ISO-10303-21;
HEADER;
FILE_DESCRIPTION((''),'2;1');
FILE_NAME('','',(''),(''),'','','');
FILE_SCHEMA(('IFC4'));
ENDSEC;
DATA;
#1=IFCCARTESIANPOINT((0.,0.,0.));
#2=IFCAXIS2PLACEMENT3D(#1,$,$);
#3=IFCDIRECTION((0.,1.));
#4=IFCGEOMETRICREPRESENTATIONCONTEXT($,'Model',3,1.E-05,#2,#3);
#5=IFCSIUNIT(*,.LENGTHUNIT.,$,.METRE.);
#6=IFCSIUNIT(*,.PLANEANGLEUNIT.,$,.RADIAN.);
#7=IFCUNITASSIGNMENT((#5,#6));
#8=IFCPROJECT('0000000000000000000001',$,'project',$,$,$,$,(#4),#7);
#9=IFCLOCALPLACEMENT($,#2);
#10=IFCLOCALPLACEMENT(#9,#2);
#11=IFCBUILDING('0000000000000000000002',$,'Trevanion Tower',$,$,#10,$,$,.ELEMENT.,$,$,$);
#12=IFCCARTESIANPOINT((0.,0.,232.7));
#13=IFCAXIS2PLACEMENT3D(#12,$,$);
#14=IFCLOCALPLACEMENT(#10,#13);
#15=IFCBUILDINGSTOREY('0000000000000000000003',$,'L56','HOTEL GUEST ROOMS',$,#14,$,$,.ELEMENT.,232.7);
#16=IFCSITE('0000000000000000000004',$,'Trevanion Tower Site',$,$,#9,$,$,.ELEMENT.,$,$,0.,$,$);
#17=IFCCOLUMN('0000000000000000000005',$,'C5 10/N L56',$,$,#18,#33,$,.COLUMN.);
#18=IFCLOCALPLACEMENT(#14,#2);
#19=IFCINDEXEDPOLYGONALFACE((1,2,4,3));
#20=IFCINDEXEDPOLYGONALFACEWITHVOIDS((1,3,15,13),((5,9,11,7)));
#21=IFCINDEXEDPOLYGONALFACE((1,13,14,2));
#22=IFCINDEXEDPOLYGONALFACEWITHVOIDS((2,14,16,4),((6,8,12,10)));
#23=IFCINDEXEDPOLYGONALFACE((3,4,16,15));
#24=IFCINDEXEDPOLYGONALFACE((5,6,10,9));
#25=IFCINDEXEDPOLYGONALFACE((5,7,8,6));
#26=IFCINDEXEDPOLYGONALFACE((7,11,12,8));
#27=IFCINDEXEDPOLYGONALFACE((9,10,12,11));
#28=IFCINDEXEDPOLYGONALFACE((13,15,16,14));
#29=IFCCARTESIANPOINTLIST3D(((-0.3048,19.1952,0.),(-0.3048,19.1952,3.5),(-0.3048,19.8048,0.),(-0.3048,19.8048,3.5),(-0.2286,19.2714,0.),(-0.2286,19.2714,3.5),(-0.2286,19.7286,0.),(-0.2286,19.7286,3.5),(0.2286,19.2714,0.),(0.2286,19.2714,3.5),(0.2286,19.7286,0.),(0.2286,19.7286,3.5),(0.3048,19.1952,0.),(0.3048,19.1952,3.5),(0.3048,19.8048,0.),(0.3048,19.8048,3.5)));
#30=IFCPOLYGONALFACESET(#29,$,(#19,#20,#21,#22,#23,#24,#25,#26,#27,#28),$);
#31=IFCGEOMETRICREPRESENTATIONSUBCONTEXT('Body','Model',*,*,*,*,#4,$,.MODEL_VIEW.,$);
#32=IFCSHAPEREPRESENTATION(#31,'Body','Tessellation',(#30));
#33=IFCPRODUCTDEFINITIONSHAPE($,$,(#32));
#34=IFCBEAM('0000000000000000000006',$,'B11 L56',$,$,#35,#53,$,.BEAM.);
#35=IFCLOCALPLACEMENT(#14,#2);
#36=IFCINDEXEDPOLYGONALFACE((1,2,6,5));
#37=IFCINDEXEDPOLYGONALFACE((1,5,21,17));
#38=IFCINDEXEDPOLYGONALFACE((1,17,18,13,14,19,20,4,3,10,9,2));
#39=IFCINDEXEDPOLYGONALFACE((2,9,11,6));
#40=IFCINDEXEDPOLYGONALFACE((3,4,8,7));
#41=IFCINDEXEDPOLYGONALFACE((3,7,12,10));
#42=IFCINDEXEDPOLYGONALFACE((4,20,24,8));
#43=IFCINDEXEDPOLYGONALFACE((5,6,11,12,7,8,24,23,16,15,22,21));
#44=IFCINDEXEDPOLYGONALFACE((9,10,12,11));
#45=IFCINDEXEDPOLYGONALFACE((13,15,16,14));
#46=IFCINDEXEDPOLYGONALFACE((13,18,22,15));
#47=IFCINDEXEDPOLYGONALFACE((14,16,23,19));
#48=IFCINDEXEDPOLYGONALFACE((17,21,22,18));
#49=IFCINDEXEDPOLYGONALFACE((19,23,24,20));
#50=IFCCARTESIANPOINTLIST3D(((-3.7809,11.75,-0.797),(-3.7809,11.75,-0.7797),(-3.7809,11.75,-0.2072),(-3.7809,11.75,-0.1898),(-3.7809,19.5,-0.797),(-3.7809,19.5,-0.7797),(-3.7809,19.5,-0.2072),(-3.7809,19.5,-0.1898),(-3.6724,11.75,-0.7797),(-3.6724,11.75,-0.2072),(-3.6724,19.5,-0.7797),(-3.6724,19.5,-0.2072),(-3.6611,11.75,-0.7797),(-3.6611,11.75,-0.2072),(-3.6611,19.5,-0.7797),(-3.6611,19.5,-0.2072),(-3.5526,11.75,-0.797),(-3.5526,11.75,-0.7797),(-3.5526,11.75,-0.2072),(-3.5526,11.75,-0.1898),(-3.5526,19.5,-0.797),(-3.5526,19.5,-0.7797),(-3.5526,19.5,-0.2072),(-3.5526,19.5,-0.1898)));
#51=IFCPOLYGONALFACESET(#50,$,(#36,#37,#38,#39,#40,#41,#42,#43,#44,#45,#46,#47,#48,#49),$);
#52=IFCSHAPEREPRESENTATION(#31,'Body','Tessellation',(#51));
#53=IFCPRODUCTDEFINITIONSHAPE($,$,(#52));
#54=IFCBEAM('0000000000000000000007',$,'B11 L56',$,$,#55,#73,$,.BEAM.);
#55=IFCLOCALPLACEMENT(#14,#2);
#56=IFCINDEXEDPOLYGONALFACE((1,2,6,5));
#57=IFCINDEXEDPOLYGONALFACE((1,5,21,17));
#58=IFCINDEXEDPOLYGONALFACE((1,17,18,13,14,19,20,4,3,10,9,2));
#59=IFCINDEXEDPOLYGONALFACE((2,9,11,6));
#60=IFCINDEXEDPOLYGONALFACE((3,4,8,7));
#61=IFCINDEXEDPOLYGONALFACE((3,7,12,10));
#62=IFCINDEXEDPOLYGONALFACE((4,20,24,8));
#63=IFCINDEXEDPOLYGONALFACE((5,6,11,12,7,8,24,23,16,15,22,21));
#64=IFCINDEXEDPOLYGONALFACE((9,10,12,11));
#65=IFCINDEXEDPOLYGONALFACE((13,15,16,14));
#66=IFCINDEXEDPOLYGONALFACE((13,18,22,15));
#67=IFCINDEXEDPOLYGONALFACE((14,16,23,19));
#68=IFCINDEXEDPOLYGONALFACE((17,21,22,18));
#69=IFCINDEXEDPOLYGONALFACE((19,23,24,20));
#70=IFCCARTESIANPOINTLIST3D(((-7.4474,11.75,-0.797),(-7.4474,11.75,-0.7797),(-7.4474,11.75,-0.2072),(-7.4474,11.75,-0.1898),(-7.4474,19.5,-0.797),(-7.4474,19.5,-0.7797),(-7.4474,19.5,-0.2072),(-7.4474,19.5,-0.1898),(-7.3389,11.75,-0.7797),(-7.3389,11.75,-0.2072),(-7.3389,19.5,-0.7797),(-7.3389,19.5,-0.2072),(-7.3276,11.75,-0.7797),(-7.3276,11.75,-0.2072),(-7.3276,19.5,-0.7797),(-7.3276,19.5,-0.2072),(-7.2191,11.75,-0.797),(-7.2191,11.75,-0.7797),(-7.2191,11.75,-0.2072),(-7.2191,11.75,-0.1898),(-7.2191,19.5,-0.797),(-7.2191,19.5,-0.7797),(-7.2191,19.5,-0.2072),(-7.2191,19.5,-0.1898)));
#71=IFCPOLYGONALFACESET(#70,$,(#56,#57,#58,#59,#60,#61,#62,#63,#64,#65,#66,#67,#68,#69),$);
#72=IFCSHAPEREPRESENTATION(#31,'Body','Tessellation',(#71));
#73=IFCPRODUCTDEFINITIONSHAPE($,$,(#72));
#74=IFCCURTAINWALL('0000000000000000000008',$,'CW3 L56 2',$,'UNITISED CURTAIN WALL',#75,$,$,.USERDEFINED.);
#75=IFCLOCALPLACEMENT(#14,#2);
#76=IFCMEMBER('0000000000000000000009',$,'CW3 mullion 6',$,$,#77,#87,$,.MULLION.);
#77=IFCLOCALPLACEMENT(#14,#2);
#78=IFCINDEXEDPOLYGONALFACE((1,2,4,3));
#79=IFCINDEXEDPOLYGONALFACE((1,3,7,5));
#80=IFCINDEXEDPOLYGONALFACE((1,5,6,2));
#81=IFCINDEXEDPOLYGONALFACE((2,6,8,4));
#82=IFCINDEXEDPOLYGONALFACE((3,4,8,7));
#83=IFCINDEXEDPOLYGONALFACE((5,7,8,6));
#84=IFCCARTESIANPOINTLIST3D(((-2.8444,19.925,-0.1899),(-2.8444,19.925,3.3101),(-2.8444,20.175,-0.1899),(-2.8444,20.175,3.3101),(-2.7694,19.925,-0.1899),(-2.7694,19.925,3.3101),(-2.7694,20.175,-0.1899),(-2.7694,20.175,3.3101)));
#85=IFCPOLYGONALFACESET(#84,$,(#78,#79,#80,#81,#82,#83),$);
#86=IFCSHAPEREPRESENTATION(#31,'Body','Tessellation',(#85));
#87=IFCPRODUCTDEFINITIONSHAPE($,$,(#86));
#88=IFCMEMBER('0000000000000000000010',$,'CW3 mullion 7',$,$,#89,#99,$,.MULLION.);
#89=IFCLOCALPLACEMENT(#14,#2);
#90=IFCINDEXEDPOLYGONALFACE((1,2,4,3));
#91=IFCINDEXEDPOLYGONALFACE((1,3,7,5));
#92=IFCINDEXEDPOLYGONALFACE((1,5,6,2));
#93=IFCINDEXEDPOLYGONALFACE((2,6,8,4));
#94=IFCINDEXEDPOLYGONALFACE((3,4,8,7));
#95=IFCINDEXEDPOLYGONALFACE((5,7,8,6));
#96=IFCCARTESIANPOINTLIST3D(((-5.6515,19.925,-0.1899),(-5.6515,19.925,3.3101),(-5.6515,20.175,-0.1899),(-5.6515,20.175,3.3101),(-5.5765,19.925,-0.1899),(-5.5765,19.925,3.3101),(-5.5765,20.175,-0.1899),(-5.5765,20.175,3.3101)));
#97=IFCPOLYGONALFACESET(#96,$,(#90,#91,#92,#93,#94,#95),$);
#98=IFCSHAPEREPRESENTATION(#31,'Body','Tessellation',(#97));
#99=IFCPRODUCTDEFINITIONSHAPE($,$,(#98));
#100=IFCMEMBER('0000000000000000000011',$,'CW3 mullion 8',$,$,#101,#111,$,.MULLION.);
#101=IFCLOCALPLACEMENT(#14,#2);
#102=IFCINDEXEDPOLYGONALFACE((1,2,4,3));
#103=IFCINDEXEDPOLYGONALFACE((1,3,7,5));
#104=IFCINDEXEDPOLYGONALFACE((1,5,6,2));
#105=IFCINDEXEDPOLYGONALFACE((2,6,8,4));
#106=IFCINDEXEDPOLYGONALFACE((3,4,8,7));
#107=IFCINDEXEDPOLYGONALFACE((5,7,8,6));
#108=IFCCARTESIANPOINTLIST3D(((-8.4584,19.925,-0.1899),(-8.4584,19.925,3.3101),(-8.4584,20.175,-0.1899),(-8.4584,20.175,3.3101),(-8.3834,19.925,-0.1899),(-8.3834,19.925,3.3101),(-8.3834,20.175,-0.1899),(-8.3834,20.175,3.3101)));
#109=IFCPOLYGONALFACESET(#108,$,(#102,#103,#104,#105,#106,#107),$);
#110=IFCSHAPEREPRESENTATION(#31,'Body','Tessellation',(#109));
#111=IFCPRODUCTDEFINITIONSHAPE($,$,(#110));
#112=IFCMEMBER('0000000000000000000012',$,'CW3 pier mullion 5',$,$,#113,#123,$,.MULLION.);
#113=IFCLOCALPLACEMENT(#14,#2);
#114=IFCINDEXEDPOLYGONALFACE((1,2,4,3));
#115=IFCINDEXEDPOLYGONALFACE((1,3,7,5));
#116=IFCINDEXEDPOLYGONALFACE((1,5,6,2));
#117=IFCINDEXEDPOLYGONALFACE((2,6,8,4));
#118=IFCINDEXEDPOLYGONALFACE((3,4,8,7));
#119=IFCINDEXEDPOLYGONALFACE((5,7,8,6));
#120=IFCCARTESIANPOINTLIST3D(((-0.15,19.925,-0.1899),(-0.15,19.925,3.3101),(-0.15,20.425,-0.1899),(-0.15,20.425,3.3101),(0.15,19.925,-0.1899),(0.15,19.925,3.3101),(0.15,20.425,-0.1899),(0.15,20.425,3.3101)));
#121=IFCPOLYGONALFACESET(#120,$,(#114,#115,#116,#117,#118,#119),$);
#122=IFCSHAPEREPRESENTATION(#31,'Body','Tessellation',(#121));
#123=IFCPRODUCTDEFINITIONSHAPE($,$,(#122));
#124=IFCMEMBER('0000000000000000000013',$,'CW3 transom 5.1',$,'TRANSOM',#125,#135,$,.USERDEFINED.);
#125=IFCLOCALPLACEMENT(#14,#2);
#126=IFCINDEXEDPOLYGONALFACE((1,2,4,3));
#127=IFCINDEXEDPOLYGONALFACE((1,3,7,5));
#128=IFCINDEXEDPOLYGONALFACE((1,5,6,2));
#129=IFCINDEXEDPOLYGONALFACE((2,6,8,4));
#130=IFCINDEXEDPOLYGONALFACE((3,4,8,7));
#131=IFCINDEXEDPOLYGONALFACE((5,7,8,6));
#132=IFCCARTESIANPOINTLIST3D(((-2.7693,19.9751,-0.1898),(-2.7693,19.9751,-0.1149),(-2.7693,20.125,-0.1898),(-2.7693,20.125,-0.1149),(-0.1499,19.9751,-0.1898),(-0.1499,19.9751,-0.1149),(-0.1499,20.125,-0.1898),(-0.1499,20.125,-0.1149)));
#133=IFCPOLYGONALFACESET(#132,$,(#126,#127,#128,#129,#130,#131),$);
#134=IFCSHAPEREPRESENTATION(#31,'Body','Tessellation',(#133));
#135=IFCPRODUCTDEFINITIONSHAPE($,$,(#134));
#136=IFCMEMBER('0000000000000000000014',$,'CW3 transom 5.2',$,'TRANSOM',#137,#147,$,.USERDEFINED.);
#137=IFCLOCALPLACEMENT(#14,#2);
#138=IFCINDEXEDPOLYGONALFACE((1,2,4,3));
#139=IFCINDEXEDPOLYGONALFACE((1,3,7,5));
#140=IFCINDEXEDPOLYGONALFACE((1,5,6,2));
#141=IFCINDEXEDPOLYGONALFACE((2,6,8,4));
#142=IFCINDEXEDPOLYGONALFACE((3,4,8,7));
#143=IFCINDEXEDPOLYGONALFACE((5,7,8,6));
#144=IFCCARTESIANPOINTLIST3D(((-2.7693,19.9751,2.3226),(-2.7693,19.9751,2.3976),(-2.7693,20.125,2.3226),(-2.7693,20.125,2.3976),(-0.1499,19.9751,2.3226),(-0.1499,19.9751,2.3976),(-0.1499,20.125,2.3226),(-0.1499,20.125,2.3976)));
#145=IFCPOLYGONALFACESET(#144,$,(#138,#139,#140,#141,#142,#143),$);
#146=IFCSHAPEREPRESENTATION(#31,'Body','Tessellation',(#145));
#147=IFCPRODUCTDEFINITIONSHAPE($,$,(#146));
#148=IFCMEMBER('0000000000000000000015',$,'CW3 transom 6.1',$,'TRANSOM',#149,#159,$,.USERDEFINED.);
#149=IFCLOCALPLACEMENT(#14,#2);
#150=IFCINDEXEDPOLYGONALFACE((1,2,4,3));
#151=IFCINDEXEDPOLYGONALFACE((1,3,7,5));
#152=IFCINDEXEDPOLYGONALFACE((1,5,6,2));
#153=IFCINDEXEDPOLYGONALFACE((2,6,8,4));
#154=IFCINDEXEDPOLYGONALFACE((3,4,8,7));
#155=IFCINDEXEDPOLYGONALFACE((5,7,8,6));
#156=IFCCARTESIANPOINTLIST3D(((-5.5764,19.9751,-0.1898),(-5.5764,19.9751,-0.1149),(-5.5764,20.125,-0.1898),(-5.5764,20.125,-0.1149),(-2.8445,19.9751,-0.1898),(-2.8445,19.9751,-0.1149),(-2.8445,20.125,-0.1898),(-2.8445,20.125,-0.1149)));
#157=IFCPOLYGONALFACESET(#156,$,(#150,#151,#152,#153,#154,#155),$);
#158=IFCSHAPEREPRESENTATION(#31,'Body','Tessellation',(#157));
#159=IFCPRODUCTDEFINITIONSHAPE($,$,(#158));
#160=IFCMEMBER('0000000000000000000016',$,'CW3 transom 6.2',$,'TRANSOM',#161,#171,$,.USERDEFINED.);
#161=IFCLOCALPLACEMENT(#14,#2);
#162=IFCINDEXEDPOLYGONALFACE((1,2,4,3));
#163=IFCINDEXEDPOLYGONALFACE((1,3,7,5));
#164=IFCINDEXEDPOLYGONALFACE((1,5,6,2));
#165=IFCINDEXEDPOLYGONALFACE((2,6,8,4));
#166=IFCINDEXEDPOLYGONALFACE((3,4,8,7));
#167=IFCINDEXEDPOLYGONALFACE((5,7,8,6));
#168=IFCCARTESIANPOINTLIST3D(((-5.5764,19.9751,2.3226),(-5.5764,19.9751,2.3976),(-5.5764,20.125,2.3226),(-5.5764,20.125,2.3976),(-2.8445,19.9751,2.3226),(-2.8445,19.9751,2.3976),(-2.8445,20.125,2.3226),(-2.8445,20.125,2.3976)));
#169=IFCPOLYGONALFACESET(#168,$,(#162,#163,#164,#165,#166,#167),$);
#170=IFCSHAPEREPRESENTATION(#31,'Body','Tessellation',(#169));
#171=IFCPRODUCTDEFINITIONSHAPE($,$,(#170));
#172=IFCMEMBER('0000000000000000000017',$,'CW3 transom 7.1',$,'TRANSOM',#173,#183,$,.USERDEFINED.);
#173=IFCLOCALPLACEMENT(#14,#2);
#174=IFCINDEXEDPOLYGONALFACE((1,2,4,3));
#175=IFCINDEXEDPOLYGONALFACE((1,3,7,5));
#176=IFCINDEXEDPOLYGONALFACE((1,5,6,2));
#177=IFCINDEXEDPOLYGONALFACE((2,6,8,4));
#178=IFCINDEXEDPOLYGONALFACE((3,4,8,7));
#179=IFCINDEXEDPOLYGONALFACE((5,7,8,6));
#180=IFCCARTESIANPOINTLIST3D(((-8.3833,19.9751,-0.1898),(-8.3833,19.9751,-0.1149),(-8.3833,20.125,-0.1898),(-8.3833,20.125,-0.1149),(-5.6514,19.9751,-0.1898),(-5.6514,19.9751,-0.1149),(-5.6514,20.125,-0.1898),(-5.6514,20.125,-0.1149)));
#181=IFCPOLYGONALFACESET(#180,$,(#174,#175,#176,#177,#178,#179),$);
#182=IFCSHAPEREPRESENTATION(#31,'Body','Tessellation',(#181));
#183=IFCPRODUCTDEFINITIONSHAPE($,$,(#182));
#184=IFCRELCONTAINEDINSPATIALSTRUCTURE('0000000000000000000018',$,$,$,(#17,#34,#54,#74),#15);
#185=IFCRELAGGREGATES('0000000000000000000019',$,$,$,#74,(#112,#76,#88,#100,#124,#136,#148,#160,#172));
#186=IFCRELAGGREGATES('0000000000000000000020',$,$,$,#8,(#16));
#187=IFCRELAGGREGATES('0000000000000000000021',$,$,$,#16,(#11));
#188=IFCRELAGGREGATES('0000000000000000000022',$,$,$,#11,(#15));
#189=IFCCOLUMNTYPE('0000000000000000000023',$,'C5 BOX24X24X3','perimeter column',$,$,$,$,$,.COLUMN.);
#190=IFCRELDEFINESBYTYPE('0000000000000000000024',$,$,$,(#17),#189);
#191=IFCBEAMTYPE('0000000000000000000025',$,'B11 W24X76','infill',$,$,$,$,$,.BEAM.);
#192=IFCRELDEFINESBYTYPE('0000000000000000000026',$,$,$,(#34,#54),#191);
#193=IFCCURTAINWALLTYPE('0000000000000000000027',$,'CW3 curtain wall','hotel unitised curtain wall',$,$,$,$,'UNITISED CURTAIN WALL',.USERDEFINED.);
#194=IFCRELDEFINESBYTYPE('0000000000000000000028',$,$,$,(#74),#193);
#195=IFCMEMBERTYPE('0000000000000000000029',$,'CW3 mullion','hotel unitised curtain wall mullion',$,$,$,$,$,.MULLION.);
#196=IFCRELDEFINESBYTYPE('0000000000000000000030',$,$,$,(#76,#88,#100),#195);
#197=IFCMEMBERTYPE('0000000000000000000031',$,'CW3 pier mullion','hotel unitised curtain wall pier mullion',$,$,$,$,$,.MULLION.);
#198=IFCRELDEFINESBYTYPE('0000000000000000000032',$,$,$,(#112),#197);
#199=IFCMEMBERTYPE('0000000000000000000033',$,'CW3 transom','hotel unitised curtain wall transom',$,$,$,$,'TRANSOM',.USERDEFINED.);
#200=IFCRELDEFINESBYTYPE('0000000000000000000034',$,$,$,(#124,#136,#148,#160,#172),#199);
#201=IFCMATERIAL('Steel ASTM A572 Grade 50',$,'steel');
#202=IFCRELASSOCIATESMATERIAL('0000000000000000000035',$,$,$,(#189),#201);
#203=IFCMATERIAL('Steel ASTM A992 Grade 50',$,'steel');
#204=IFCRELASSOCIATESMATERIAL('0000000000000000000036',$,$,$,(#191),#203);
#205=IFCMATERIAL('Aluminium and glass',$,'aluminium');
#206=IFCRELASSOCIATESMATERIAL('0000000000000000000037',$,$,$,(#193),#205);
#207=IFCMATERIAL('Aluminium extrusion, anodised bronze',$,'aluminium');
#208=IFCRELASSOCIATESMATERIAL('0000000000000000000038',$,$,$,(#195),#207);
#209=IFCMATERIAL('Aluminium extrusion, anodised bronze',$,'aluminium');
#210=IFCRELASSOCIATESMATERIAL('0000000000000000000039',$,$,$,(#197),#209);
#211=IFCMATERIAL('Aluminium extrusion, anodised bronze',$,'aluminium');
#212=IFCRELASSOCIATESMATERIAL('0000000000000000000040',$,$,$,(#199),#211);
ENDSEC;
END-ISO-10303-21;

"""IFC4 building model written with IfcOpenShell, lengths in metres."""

from ifc_helpers import new_model, si_unit, direction, frame, origin, origin_2d, place, context, subcontext, project, spatial, rectangle, hollow_rectangle, i_section, extrude, material, material_profile, profile_set, type_object, element, aggregate, save


model = new_model("IFC4")

# Units and contexts
model_context = context("Model", 3, precision=1e-05, world=origin(), true_north=direction((0.0, 1.0)))
body_context = subcontext(model_context, "Body", "Model", "MODEL_VIEW")
ifc_project = project(units=[si_unit("LENGTHUNIT", "METRE"), si_unit("PLANEANGLEUNIT", "RADIAN")], contexts=[model_context])

# Site, building, storey
site_placement = place(None, origin())
site = spatial("IfcSite", under=ifc_project, at=site_placement, Name="Trevanion Tower Site", CompositionType="ELEMENT", RefElevation=0.0)
building_placement = place(site_placement, origin())
building = spatial("IfcBuilding", under=site, at=building_placement, Name="Trevanion Tower", CompositionType="ELEMENT")
storey_placement = place(building_placement, frame((0.0, 0.0, 232.7)))
storey = spatial("IfcBuildingStorey", under=building, at=storey_placement, Name="L56", Description="HOTEL GUEST ROOMS", CompositionType="ELEMENT", Elevation=232.7)

# Column
ifc_material_1 = material(Name="Steel ASTM A572 Grade 50", Category="steel")
ifc_material_profile_1 = material_profile(ifc_material_1, hollow_rectangle(XDim=0.6096, YDim=0.6096, WallThickness=0.0762, at=origin_2d()), Name="BOX24X24X3")
ifc_profile_set_1 = profile_set([ifc_material_profile_1], Name="Steel ASTM A572 Grade 50")
column_type = type_object("IfcColumnType", Name="C5 BOX24X24X3", Description="perimeter column", PredefinedType="COLUMN", material=ifc_profile_set_1)
column_placement = place(storey_placement, frame((0.0, 19.5, 0.0), z_axis=(0.0, 0.0, 1.0), x_axis=(1.0, 0.0, 0.0)))
element("IfcColumn", 1, at=column_placement, inside=storey, type_object=column_type, Name="C5 10/N L56", PredefinedType="COLUMN", context=body_context, shape_type="SweptSolid", body=[
    extrude(hollow_rectangle(XDim=0.6096, YDim=0.6096, WallThickness=0.0762, at=origin_2d()), origin(), (0.0, 0.0, 1.0), 3.5),
])

# Beams
ifc_material_2 = material(Name="Steel ASTM A992 Grade 50", Category="steel")
ifc_material_profile_2 = material_profile(ifc_material_2, i_section(OverallWidth=0.2283, OverallDepth=0.6072, WebThickness=0.0112, FlangeThickness=0.0173, at=origin_2d()), Name="W24X76")
ifc_profile_set_2 = profile_set([ifc_material_profile_2], Name="Steel ASTM A992 Grade 50")
beam_type_1 = type_object("IfcBeamType", Name="B11 W24X76", Description="infill", PredefinedType="BEAM", material=ifc_profile_set_2)
for number, where, z_axis, x_axis, name in (
    (2, (-3.6667, 11.75, -0.4934), (0.0, 1.0, 0.0), (-1.0, 0.0, 0.0), "B11 L56"),
    (3, (-7.3333, 11.75, -0.4934), (0.0, 1.0, 0.0), (-1.0, 0.0, 0.0), "B11 L56"),
):
    element("IfcBeam", number, at=place(storey_placement, frame(where, z_axis=z_axis, x_axis=x_axis)), inside=storey, type_object=beam_type_1, Name=name, PredefinedType="BEAM", context=body_context, shape_type="SweptSolid", body=[
        extrude(i_section(OverallWidth=0.2283, OverallDepth=0.6072, WebThickness=0.0112, FlangeThickness=0.0173, at=origin_2d()), origin(), (0.0, 0.0, 1.0), 7.75),
    ])

# Curtain wall, members
ifc_material_3 = material(Name="Aluminium and glass", Category="aluminium")
curtain_wall_type = type_object("IfcCurtainWallType", Name="CW3 curtain wall", Description="hotel unitised curtain wall", ElementType="UNITISED CURTAIN WALL", PredefinedType="USERDEFINED", material=ifc_material_3)
curtain_wall_placement = place(storey_placement, origin())
curtain_wall = element("IfcCurtainWall", 4, at=curtain_wall_placement, inside=storey, type_object=curtain_wall_type, Name="CW3 L56 2", ObjectType="UNITISED CURTAIN WALL", PredefinedType="USERDEFINED")
ifc_material_4 = material(Name="Aluminium extrusion, anodised bronze", Category="aluminium")
ifc_material_profile_3 = material_profile(ifc_material_4, rectangle(XDim=0.075, YDim=0.25, at=origin_2d()), Name="CW3 mullion")
ifc_profile_set_3 = profile_set([ifc_material_profile_3], Name="Aluminium extrusion, anodised bronze")
member_type_1 = type_object("IfcMemberType", Name="CW3 mullion", Description="hotel unitised curtain wall mullion", PredefinedType="MULLION", material=ifc_profile_set_3)
member_1_placement = place(storey_placement, frame((-2.8069, 20.05, -0.1899), z_axis=(0.0, 0.0, 1.0), x_axis=(-1.0, 0.0, 0.0)))
member_1 = element("IfcMember", 5, at=member_1_placement, type_object=member_type_1, Name="CW3 mullion 6", PredefinedType="MULLION", context=body_context, shape_type="SweptSolid", body=[
    extrude(rectangle(XDim=0.075, YDim=0.25, at=origin_2d()), origin(), (0.0, 0.0, 1.0), 3.5),
])
member_2_placement = place(storey_placement, frame((-5.614, 20.05, -0.1899), z_axis=(0.0, 0.0, 1.0), x_axis=(-1.0, 0.0, 0.0)))
member_2 = element("IfcMember", 6, at=member_2_placement, type_object=member_type_1, Name="CW3 mullion 7", PredefinedType="MULLION", context=body_context, shape_type="SweptSolid", body=[
    extrude(rectangle(XDim=0.075, YDim=0.25, at=origin_2d()), origin(), (0.0, 0.0, 1.0), 3.5),
])
member_3_placement = place(storey_placement, frame((-8.4209, 20.05, -0.1899), z_axis=(0.0, 0.0, 1.0), x_axis=(-1.0, 0.0, 0.0)))
member_3 = element("IfcMember", 7, at=member_3_placement, type_object=member_type_1, Name="CW3 mullion 8", PredefinedType="MULLION", context=body_context, shape_type="SweptSolid", body=[
    extrude(rectangle(XDim=0.075, YDim=0.25, at=origin_2d()), origin(), (0.0, 0.0, 1.0), 3.5),
])
ifc_material_5 = material(Name="Aluminium extrusion, anodised bronze", Category="aluminium")
ifc_material_profile_4 = material_profile(ifc_material_5, rectangle(XDim=0.3, YDim=0.5, at=origin_2d()), Name="CW3 pier mullion")
ifc_profile_set_4 = profile_set([ifc_material_profile_4], Name="Aluminium extrusion, anodised bronze")
member_type_2 = type_object("IfcMemberType", Name="CW3 pier mullion", Description="hotel unitised curtain wall pier mullion", PredefinedType="MULLION", material=ifc_profile_set_4)
member_4_placement = place(storey_placement, frame((0.0, 20.175, -0.1899), z_axis=(0.0, 0.0, 1.0), x_axis=(-1.0, 0.0, 0.0)))
member_4 = element("IfcMember", 8, at=member_4_placement, type_object=member_type_2, Name="CW3 pier mullion 5", PredefinedType="MULLION", context=body_context, shape_type="SweptSolid", body=[
    extrude(rectangle(XDim=0.3, YDim=0.5, at=origin_2d()), origin(), (0.0, 0.0, 1.0), 3.5),
])
ifc_material_6 = material(Name="Aluminium extrusion, anodised bronze", Category="aluminium")
ifc_material_profile_5 = material_profile(ifc_material_6, rectangle(XDim=0.1499, YDim=0.075, at=origin_2d()), Name="CW3 transom")
ifc_profile_set_5 = profile_set([ifc_material_profile_5], Name="Aluminium extrusion, anodised bronze")
member_type_3 = type_object("IfcMemberType", Name="CW3 transom", Description="hotel unitised curtain wall transom", ElementType="TRANSOM", PredefinedType="USERDEFINED", material=ifc_profile_set_5)
member_5_placement = place(storey_placement, frame((-0.1499, 20.05, -0.1523), z_axis=(-1.0, 0.0, 0.0), x_axis=(0.0, -1.0, 0.0)))
member_5 = element("IfcMember", 9, at=member_5_placement, type_object=member_type_3, Name="CW3 transom 5.1", ObjectType="TRANSOM", PredefinedType="USERDEFINED", context=body_context, shape_type="SweptSolid", body=[
    extrude(rectangle(XDim=0.1499, YDim=0.075, at=origin_2d()), origin(), (0.0, 0.0, 1.0), 2.6194),
])
member_6_placement = place(storey_placement, frame((-0.1499, 20.05, 2.3601), z_axis=(-1.0, 0.0, 0.0), x_axis=(0.0, -1.0, 0.0)))
member_6 = element("IfcMember", 10, at=member_6_placement, type_object=member_type_3, Name="CW3 transom 5.2", ObjectType="TRANSOM", PredefinedType="USERDEFINED", context=body_context, shape_type="SweptSolid", body=[
    extrude(rectangle(XDim=0.1499, YDim=0.075, at=origin_2d()), origin(), (0.0, 0.0, 1.0), 2.6194),
])
member_7_placement = place(storey_placement, frame((-2.8445, 20.05, -0.1523), z_axis=(-1.0, 0.0, 0.0), x_axis=(0.0, -1.0, 0.0)))
member_7 = element("IfcMember", 11, at=member_7_placement, type_object=member_type_3, Name="CW3 transom 6.1", ObjectType="TRANSOM", PredefinedType="USERDEFINED", context=body_context, shape_type="SweptSolid", body=[
    extrude(rectangle(XDim=0.1499, YDim=0.075, at=origin_2d()), origin(), (0.0, 0.0, 1.0), 2.7319),
])
member_8_placement = place(storey_placement, frame((-2.8445, 20.05, 2.3601), z_axis=(-1.0, 0.0, 0.0), x_axis=(0.0, -1.0, 0.0)))
member_8 = element("IfcMember", 12, at=member_8_placement, type_object=member_type_3, Name="CW3 transom 6.2", ObjectType="TRANSOM", PredefinedType="USERDEFINED", context=body_context, shape_type="SweptSolid", body=[
    extrude(rectangle(XDim=0.1499, YDim=0.075, at=origin_2d()), origin(), (0.0, 0.0, 1.0), 2.7319),
])
member_9_placement = place(storey_placement, frame((-5.6514, 20.05, -0.1523), z_axis=(-1.0, 0.0, 0.0), x_axis=(0.0, -1.0, 0.0)))
member_9 = element("IfcMember", 13, at=member_9_placement, type_object=member_type_3, Name="CW3 transom 7.1", ObjectType="TRANSOM", PredefinedType="USERDEFINED", context=body_context, shape_type="SweptSolid", body=[
    extrude(rectangle(XDim=0.1499, YDim=0.075, at=origin_2d()), origin(), (0.0, 0.0, 1.0), 2.7319),
])

aggregate(curtain_wall, [member_4, member_1, member_2, member_3, member_5, member_6, member_7, member_8, member_9])

save(model, "model.ifc")
